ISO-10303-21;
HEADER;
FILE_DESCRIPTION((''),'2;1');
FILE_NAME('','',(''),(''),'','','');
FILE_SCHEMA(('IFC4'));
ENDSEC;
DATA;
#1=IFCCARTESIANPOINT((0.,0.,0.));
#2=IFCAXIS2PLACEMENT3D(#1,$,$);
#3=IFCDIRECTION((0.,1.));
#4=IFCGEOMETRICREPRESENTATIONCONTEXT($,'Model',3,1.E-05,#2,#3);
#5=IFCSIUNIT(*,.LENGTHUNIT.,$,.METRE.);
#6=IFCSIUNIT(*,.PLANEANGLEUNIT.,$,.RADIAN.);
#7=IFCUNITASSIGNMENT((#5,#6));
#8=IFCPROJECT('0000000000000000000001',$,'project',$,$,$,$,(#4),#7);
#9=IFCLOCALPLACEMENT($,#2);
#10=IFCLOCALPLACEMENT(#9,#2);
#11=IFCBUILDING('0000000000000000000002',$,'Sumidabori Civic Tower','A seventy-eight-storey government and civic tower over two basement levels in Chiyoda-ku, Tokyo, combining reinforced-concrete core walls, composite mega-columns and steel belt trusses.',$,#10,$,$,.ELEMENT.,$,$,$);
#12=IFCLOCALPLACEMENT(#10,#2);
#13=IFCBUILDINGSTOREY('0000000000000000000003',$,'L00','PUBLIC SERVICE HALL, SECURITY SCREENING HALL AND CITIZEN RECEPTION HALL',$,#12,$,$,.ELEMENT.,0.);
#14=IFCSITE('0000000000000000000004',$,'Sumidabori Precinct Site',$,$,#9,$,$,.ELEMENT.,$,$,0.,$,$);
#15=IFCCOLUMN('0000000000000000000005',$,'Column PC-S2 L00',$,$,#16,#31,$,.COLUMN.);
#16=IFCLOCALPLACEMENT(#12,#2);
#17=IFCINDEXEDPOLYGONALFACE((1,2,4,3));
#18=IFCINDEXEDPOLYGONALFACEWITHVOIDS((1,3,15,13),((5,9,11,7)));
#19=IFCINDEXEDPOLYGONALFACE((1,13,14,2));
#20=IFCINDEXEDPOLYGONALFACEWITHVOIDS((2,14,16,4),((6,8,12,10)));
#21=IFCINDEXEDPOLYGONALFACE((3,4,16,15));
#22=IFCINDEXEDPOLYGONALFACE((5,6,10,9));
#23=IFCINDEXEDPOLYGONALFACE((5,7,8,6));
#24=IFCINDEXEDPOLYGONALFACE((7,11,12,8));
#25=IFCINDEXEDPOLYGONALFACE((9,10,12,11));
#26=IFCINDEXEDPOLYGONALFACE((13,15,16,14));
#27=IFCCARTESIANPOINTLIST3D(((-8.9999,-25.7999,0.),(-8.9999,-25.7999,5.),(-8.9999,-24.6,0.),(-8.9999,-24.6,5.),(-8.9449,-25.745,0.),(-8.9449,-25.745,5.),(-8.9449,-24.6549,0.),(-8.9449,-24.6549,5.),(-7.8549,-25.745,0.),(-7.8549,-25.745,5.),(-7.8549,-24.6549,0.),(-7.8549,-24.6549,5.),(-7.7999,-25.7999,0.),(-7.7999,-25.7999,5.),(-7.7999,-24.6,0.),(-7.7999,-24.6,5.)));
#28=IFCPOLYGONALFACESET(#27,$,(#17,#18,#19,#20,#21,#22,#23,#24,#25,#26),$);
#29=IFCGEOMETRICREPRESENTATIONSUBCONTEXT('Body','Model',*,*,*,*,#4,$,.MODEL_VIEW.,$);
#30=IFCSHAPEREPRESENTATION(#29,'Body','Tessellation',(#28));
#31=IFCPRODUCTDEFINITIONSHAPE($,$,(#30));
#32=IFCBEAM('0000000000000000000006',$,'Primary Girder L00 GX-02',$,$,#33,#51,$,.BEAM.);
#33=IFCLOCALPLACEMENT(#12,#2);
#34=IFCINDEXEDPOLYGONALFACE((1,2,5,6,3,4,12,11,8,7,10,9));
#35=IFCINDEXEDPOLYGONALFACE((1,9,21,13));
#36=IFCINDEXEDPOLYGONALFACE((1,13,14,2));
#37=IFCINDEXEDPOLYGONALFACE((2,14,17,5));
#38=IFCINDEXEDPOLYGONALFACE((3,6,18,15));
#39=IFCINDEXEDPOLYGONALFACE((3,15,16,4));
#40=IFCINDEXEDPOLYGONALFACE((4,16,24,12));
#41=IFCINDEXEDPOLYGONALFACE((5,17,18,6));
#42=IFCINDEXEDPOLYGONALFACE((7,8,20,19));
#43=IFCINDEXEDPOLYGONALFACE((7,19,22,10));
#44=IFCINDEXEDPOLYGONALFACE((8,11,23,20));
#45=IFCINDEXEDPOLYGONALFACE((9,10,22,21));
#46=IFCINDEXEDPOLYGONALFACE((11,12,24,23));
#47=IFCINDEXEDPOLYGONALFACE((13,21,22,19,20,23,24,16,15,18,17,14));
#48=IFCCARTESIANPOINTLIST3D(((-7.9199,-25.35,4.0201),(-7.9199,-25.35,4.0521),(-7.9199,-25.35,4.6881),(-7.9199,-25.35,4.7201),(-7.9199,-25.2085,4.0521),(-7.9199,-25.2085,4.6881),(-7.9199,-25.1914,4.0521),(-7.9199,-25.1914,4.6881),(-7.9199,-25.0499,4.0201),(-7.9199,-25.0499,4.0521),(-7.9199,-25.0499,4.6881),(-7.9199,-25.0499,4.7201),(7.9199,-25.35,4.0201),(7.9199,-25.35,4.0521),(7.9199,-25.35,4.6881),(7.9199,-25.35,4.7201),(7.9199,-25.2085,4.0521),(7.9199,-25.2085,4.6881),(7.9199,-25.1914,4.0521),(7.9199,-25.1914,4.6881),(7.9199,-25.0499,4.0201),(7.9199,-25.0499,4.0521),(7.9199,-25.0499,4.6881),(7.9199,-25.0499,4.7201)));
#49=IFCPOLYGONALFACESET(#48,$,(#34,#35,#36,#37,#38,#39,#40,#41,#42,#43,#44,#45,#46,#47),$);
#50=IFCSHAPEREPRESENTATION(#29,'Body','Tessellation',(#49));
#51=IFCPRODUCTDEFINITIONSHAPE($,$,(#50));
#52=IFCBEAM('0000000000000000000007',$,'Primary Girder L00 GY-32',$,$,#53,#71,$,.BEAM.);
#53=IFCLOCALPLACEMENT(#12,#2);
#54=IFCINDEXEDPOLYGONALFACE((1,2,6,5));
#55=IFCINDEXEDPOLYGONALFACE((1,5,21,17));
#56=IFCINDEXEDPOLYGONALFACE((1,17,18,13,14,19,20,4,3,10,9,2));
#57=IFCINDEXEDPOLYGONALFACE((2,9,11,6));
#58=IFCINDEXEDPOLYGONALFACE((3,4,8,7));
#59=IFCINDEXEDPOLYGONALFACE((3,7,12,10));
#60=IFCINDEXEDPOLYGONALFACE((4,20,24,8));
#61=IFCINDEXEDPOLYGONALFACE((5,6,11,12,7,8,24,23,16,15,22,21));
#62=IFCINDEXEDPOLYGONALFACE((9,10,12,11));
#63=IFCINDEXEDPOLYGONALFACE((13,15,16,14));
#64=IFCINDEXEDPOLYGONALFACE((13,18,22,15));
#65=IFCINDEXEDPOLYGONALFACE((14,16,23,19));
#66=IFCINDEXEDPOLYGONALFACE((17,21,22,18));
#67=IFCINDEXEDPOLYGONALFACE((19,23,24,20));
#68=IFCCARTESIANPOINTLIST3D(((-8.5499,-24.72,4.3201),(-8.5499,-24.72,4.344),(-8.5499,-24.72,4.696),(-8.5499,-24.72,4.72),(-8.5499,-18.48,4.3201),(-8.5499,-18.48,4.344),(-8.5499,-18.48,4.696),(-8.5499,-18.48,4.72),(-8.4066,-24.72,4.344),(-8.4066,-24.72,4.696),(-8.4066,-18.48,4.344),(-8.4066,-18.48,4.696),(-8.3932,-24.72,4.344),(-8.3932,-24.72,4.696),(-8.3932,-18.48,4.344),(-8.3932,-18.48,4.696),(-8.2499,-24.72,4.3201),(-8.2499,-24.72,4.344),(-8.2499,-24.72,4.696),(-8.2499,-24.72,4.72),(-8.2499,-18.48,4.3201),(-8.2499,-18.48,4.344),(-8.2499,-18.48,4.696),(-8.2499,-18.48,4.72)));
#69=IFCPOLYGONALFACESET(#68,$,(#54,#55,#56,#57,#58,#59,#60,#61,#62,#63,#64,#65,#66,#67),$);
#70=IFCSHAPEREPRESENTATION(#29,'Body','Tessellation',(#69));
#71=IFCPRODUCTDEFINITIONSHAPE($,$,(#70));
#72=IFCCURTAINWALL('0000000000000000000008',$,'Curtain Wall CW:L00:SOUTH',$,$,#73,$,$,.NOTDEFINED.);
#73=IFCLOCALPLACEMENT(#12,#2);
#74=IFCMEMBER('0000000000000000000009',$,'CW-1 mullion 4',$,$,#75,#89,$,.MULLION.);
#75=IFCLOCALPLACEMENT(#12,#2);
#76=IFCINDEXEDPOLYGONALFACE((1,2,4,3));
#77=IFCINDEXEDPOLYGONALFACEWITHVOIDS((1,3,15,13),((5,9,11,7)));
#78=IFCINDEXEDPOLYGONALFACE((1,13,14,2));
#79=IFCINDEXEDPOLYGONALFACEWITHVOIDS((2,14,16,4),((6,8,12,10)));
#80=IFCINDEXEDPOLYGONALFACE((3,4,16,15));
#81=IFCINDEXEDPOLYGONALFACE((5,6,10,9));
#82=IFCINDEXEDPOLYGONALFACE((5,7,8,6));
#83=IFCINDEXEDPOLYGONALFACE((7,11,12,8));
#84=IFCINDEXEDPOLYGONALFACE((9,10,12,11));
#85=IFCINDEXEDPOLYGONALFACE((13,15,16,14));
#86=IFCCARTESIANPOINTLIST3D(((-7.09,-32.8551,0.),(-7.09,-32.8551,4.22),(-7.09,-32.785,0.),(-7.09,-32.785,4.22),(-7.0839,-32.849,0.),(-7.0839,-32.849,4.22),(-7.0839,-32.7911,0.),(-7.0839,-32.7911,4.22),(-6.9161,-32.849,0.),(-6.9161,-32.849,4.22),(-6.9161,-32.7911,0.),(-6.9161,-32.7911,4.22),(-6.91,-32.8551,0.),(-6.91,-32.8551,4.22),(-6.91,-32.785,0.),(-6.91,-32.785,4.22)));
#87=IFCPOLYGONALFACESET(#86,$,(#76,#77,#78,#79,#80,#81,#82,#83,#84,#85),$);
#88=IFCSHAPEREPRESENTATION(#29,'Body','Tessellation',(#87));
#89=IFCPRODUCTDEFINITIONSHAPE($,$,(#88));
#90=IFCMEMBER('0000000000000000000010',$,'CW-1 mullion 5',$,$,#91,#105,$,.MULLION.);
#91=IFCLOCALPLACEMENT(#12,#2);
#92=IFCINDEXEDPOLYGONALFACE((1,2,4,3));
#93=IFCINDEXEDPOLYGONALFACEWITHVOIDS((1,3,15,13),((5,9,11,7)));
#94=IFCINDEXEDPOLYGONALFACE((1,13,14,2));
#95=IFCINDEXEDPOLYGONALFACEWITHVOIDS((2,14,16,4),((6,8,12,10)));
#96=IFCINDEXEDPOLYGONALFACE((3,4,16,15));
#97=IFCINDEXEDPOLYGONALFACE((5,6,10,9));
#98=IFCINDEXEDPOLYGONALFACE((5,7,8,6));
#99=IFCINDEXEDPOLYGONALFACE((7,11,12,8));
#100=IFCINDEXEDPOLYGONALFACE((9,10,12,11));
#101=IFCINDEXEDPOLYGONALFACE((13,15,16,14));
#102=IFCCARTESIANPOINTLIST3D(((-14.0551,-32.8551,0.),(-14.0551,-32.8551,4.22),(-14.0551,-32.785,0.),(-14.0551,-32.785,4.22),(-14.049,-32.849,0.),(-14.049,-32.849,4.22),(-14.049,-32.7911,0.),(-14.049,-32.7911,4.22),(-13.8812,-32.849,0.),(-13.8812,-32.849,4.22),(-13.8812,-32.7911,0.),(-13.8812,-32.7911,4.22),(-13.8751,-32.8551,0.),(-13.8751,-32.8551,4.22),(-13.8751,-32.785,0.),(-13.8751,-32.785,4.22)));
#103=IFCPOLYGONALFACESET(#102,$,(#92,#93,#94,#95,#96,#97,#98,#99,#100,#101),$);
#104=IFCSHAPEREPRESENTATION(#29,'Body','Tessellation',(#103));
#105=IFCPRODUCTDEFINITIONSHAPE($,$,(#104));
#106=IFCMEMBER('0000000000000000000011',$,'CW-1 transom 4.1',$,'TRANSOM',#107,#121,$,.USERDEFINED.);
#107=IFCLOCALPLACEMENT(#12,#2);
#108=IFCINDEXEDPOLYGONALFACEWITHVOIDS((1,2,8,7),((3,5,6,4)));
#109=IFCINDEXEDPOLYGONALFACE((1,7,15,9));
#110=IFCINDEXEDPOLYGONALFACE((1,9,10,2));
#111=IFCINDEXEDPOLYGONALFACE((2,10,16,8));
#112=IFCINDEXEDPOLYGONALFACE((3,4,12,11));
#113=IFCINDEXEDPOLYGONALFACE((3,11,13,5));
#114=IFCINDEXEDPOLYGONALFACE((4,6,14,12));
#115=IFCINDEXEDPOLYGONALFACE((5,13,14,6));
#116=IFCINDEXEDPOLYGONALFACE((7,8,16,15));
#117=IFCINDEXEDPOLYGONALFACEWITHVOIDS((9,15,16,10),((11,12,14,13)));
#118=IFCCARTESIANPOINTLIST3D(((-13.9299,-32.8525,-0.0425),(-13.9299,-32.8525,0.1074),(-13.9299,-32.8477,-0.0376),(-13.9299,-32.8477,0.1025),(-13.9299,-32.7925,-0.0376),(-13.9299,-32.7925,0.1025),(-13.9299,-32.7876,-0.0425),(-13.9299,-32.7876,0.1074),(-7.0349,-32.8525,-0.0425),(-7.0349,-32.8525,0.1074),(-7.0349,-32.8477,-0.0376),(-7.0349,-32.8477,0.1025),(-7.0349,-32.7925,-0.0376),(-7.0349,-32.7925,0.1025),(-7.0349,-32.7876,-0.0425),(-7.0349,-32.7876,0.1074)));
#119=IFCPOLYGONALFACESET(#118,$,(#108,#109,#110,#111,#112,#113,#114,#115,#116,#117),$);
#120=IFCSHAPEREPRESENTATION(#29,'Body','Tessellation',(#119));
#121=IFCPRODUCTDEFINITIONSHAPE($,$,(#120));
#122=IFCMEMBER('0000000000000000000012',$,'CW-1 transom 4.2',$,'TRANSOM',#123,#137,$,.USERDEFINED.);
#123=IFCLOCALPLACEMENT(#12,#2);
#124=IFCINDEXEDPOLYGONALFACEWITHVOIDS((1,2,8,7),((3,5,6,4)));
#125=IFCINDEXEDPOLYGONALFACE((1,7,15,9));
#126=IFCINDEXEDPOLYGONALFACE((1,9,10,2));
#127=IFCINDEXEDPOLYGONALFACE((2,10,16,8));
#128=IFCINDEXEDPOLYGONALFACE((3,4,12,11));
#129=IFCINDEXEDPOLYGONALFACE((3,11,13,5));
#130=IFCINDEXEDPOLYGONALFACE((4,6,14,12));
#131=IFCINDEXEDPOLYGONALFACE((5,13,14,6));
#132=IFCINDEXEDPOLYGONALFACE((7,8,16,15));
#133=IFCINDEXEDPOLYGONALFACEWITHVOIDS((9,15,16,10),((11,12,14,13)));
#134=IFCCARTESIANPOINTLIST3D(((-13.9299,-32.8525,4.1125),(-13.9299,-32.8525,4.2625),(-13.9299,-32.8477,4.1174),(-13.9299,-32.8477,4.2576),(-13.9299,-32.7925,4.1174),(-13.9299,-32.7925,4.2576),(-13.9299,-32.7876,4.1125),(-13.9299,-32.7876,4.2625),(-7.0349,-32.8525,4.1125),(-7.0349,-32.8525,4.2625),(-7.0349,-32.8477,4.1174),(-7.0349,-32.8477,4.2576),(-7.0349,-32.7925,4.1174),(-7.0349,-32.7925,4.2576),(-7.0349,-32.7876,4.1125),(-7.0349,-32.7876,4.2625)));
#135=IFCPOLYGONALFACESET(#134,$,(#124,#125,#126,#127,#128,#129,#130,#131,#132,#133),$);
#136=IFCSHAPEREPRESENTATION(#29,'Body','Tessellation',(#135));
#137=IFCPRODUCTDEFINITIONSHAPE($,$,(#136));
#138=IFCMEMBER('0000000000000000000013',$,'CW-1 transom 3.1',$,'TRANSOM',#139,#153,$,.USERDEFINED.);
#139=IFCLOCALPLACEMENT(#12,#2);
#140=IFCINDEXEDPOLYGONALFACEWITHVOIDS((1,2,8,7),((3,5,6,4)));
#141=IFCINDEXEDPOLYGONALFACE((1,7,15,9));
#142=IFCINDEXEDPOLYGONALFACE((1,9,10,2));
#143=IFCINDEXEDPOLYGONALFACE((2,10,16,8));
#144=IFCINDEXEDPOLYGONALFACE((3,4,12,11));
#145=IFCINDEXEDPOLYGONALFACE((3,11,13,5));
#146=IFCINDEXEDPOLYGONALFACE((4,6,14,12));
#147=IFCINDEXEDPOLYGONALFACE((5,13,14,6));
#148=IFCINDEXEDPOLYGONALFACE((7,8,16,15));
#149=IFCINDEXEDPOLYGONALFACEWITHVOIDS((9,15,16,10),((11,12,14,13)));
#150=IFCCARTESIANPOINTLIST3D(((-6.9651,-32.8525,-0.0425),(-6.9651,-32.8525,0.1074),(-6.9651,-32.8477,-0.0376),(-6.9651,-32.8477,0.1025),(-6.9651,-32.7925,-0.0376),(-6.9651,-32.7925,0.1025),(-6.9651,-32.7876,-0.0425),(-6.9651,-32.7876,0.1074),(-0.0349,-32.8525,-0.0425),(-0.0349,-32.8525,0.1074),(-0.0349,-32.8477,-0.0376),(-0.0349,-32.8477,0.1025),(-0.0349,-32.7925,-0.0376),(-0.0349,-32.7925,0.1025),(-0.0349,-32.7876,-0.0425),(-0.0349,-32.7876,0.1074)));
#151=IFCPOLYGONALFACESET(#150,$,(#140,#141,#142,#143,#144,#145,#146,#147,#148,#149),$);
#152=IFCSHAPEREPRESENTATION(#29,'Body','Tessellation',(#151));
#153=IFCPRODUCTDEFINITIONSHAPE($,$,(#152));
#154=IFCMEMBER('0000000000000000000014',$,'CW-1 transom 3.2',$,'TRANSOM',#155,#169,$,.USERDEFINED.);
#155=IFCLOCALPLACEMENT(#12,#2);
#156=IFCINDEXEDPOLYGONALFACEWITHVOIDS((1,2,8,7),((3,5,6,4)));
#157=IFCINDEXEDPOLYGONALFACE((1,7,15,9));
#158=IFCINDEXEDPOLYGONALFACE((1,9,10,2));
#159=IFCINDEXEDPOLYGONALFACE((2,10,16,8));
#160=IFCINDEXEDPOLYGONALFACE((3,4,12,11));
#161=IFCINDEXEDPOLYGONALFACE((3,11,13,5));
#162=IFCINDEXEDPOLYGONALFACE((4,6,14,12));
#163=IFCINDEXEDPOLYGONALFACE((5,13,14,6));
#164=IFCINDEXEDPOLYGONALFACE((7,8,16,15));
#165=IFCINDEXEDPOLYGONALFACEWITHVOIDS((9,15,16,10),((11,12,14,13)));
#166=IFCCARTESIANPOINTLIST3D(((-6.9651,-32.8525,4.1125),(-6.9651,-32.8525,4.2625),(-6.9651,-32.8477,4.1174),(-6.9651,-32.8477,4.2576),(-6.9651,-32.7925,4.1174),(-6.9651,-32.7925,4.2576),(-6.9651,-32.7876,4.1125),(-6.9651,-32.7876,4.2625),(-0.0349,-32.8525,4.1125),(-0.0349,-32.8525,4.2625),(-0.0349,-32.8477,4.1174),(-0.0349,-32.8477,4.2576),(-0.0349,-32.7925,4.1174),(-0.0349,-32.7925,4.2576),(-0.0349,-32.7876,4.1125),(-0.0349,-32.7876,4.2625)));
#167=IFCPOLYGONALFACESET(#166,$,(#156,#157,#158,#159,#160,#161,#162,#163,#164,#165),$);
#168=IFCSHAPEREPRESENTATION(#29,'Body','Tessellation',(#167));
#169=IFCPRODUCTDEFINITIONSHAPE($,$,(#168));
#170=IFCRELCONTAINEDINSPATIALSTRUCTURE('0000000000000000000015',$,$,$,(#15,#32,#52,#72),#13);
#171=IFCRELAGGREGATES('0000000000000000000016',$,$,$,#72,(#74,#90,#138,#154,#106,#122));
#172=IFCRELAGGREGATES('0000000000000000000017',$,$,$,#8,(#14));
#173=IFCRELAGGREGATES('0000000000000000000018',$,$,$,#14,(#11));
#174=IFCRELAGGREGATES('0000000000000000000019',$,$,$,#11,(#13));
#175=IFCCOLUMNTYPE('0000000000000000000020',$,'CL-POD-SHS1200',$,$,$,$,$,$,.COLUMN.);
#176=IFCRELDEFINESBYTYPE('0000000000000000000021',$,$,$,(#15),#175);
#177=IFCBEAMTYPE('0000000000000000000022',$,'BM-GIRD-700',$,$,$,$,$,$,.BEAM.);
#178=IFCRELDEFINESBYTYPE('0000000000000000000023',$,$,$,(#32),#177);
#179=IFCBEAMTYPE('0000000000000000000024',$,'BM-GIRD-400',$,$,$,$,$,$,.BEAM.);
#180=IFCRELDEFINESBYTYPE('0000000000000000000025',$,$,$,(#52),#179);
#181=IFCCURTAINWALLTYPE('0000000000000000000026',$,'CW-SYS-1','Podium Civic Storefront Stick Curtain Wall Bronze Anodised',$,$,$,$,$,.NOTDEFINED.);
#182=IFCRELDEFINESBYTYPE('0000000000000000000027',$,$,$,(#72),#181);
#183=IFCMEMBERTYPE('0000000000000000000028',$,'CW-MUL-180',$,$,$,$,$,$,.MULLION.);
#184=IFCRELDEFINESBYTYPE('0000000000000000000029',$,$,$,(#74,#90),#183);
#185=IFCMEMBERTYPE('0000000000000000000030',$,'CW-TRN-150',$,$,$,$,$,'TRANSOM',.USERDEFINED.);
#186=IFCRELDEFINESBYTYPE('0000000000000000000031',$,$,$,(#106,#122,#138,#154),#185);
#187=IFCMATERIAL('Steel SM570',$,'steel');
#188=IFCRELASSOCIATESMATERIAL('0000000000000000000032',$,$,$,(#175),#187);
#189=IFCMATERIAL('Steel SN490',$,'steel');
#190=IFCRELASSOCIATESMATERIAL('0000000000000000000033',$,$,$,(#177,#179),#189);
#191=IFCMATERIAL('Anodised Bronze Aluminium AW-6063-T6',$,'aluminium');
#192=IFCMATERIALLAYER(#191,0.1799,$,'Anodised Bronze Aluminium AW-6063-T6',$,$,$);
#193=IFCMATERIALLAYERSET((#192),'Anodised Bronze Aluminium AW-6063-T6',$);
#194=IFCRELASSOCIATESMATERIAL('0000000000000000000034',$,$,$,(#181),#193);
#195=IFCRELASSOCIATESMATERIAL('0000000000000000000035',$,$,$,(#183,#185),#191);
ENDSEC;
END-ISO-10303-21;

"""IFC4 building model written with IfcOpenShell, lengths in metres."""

from ifc_helpers import new_model, si_unit, direction, frame, origin, origin_2d, place, context, subcontext, project, spatial, hollow_rectangle, i_section, extrude, source, transform, mapped, material, layer, layer_set, material_profile, profile_set, type_object, element, aggregate, save


model = new_model("IFC4")

# Units and contexts
model_context = context("Model", 3, precision=1e-05, world=origin(), true_north=direction((0.0, 1.0)))
body_context = subcontext(model_context, "Body", "Model", "MODEL_VIEW")
ifc_project = project(units=[si_unit("LENGTHUNIT", "METRE"), si_unit("PLANEANGLEUNIT", "RADIAN")], contexts=[model_context])

# Site, building, storey
site_placement = place(None, origin())
site = spatial("IfcSite", under=ifc_project, at=site_placement, Name="Sumidabori Precinct Site", CompositionType="ELEMENT", RefElevation=0.0)
building_placement = place(site_placement, origin())
building = spatial("IfcBuilding", under=site, at=building_placement, Name="Sumidabori Civic Tower", Description="A seventy-eight-storey government and civic tower over two basement levels in Chiyoda-ku, Tokyo, combining reinforced-concrete core walls, composite mega-columns and steel belt trusses.", CompositionType="ELEMENT")
storey_placement = place(building_placement, origin())
storey = spatial("IfcBuildingStorey", under=building, at=storey_placement, Name="L00", Description="PUBLIC SERVICE HALL, SECURITY SCREENING HALL AND CITIZEN RECEPTION HALL", CompositionType="ELEMENT", Elevation=0.0)

# Column
ifc_material_1 = material(Name="Steel SM570", Category="steel")
ifc_material_profile_1 = material_profile(ifc_material_1, hollow_rectangle(XDim=1.2, YDim=1.2, WallThickness=0.0549, at=origin_2d()), Name="SHS 1200x1200x55")
ifc_profile_set_1 = profile_set([ifc_material_profile_1], Name="Steel SM570")
column_type = type_object("IfcColumnType", Name="CL-POD-SHS1200", PredefinedType="COLUMN", material=ifc_profile_set_1)
shared_shape_1 = source(origin(), body_context, "Body", "SweptSolid", [
    extrude(hollow_rectangle(XDim=1.2, YDim=1.2, WallThickness=0.0549, at=origin_2d()), origin(), (0.0, 0.0, 1.0), 5.0),
])
column_placement = place(storey_placement, frame((-8.3999, -25.2, 0.0), z_axis=(0.0, 0.0, 1.0), x_axis=(1.0, 0.0, 0.0)))
element("IfcColumn", 1, at=column_placement, inside=storey, type_object=column_type, Name="Column PC-S2 L00", PredefinedType="COLUMN", context=body_context, shape_type="MappedRepresentation", body=[
    mapped(shared_shape_1, transform((0.0, 0.0, 0.0), x_axis=(1.0, 0.0, 0.0), y_axis=(0.0, 1.0, 0.0), z_axis=(0.0, 0.0, 1.0), scale=1.0)),
])

# Beams
ifc_material_2 = material(Name="Steel SN490", Category="steel")
ifc_material_profile_2 = material_profile(ifc_material_2, i_section(OverallWidth=0.3, OverallDepth=0.7, WebThickness=0.0171, FlangeThickness=0.032, at=origin_2d()), Name="HE 700 B")
ifc_profile_set_2 = profile_set([ifc_material_profile_2], Name="Steel SN490")
beam_type_1 = type_object("IfcBeamType", Name="BM-GIRD-700", PredefinedType="BEAM", material=ifc_profile_set_2)
shared_shape_2 = source(origin(), body_context, "Body", "SweptSolid", [
    extrude(i_section(OverallWidth=0.3, OverallDepth=0.7, WebThickness=0.0171, FlangeThickness=0.032, at=origin_2d()), origin(), (0.0, 0.0, 1.0), 15.8398),
])
beam_1_placement = place(storey_placement, frame((-7.9199, -25.2, 4.3701), z_axis=(1.0, 0.0, 0.0), x_axis=(0.0, 1.0, 0.0)))
element("IfcBeam", 2, at=beam_1_placement, inside=storey, type_object=beam_type_1, Name="Primary Girder L00 GX-02", PredefinedType="BEAM", context=body_context, shape_type="MappedRepresentation", body=[
    mapped(shared_shape_2, transform((0.0, 0.0, 0.0), x_axis=(1.0, 0.0, 0.0), y_axis=(0.0, 1.0, 0.0), z_axis=(0.0, 0.0, 1.0), scale=1.0)),
])
ifc_material_profile_3 = material_profile(ifc_material_2, i_section(OverallWidth=0.3, OverallDepth=0.3999, WebThickness=0.0134, FlangeThickness=0.0239, at=origin_2d()), Name="HE 400 B")
ifc_profile_set_3 = profile_set([ifc_material_profile_3], Name="Steel SN490")
beam_type_2 = type_object("IfcBeamType", Name="BM-GIRD-400", PredefinedType="BEAM", material=ifc_profile_set_3)
shared_shape_3 = source(origin(), body_context, "Body", "SweptSolid", [
    extrude(i_section(OverallWidth=0.3, OverallDepth=0.3999, WebThickness=0.0134, FlangeThickness=0.0239, at=origin_2d()), origin(), (0.0, 0.0, 1.0), 6.24),
])
beam_2_placement = place(storey_placement, frame((-8.3999, -24.72, 4.52), z_axis=(0.0, 1.0, 0.0), x_axis=(-1.0, 0.0, 0.0)))
element("IfcBeam", 3, at=beam_2_placement, inside=storey, type_object=beam_type_2, Name="Primary Girder L00 GY-32", PredefinedType="BEAM", context=body_context, shape_type="MappedRepresentation", body=[
    mapped(shared_shape_3, transform((0.0, 0.0, 0.0), x_axis=(1.0, 0.0, 0.0), y_axis=(0.0, 1.0, 0.0), z_axis=(0.0, 0.0, 1.0), scale=1.0)),
])

# Curtain wall, members
ifc_material_3 = material(Name="Anodised Bronze Aluminium AW-6063-T6", Category="aluminium")
ifc_layer_1 = layer(ifc_material_3, 0.1799, Name="Anodised Bronze Aluminium AW-6063-T6")
ifc_layer_set_1 = layer_set([ifc_layer_1], Name="Anodised Bronze Aluminium AW-6063-T6")
curtain_wall_type = type_object("IfcCurtainWallType", Name="CW-SYS-1", Description="Podium Civic Storefront Stick Curtain Wall Bronze Anodised", PredefinedType="NOTDEFINED", material=ifc_layer_set_1)
curtain_wall_placement = place(storey_placement, origin())
curtain_wall = element("IfcCurtainWall", 4, at=curtain_wall_placement, inside=storey, type_object=curtain_wall_type, Name="Curtain Wall CW:L00:SOUTH", PredefinedType="NOTDEFINED")
ifc_material_profile_4 = material_profile(ifc_material_3, hollow_rectangle(XDim=0.0701, YDim=0.1799, WallThickness=0.0061, at=origin_2d()), Name="ALU MULLION 180x70")
ifc_profile_set_4 = profile_set([ifc_material_profile_4], Name="Anodised Bronze Aluminium AW-6063-T6")
member_type_1 = type_object("IfcMemberType", Name="CW-MUL-180", PredefinedType="MULLION", material=ifc_profile_set_4)
shared_shape_4 = source(origin(), body_context, "Body", "SweptSolid", [
    extrude(hollow_rectangle(XDim=0.0701, YDim=0.1799, WallThickness=0.0061, at=origin_2d()), origin(), (0.0, 0.0, 1.0), 4.22),
])
member_1_placement = place(storey_placement, frame((-7.0, -32.8201, 0.0), z_axis=(0.0, 0.0, 1.0), x_axis=(0.0, -1.0, 0.0)))
member_1 = element("IfcMember", 5, at=member_1_placement, type_object=member_type_1, Name="CW-1 mullion 4", PredefinedType="MULLION", context=body_context, shape_type="MappedRepresentation", body=[
    mapped(shared_shape_4, transform((0.0, 0.0, 0.0), x_axis=(1.0, 0.0, 0.0), y_axis=(0.0, 1.0, 0.0), z_axis=(0.0, 0.0, 1.0), scale=1.0)),
])
member_2_placement = place(storey_placement, frame((-13.9651, -32.8201, 0.0), z_axis=(0.0, 0.0, 1.0), x_axis=(0.0, -1.0, 0.0)))
member_2 = element("IfcMember", 6, at=member_2_placement, type_object=member_type_1, Name="CW-1 mullion 5", PredefinedType="MULLION", context=body_context, shape_type="MappedRepresentation", body=[
    mapped(shared_shape_4, transform((0.0, 0.0, 0.0), x_axis=(1.0, 0.0, 0.0), y_axis=(0.0, 1.0, 0.0), z_axis=(0.0, 0.0, 1.0), scale=1.0)),
])
ifc_material_profile_5 = material_profile(ifc_material_3, hollow_rectangle(XDim=0.0649, YDim=0.1499, WallThickness=0.0049, at=origin_2d()), Name="ALU TRANSOM 150x65")
ifc_profile_set_5 = profile_set([ifc_material_profile_5], Name="Anodised Bronze Aluminium AW-6063-T6")
member_type_2 = type_object("IfcMemberType", Name="CW-TRN-150", ElementType="TRANSOM", PredefinedType="USERDEFINED", material=ifc_profile_set_5)
shared_shape_5 = source(origin(), body_context, "Body", "SweptSolid", [
    extrude(hollow_rectangle(XDim=0.0649, YDim=0.1499, WallThickness=0.0049, at=origin_2d()), origin(), (0.0, 0.0, 1.0), 6.895),
])
member_3_placement = place(storey_placement, frame((-7.0349, -32.8201, 0.0325), z_axis=(-1.0, 0.0, 0.0), x_axis=(0.0, -1.0, 0.0)))
member_3 = element("IfcMember", 7, at=member_3_placement, type_object=member_type_2, Name="CW-1 transom 4.1", ObjectType="TRANSOM", PredefinedType="USERDEFINED", context=body_context, shape_type="MappedRepresentation", body=[
    mapped(shared_shape_5, transform((0.0, 0.0, 0.0), x_axis=(1.0, 0.0, 0.0), y_axis=(0.0, 1.0, 0.0), z_axis=(0.0, 0.0, 1.0), scale=1.0)),
])
member_4_placement = place(storey_placement, frame((-7.0349, -32.8201, 4.1875), z_axis=(-1.0, 0.0, 0.0), x_axis=(0.0, -1.0, 0.0)))
member_4 = element("IfcMember", 8, at=member_4_placement, type_object=member_type_2, Name="CW-1 transom 4.2", ObjectType="TRANSOM", PredefinedType="USERDEFINED", context=body_context, shape_type="MappedRepresentation", body=[
    mapped(shared_shape_5, transform((0.0, 0.0, 0.0), x_axis=(1.0, 0.0, 0.0), y_axis=(0.0, 1.0, 0.0), z_axis=(0.0, 0.0, 1.0), scale=1.0)),
])
shared_shape_6 = source(origin(), body_context, "Body", "SweptSolid", [
    extrude(hollow_rectangle(XDim=0.0649, YDim=0.1499, WallThickness=0.0049, at=origin_2d()), origin(), (0.0, 0.0, 1.0), 6.9302),
])
member_5_placement = place(storey_placement, frame((-0.0349, -32.8201, 0.0325), z_axis=(-1.0, 0.0, 0.0), x_axis=(0.0, -1.0, 0.0)))
member_5 = element("IfcMember", 9, at=member_5_placement, type_object=member_type_2, Name="CW-1 transom 3.1", ObjectType="TRANSOM", PredefinedType="USERDEFINED", context=body_context, shape_type="MappedRepresentation", body=[
    mapped(shared_shape_6, transform((0.0, 0.0, 0.0), x_axis=(1.0, 0.0, 0.0), y_axis=(0.0, 1.0, 0.0), z_axis=(0.0, 0.0, 1.0), scale=1.0)),
])
member_6_placement = place(storey_placement, frame((-0.0349, -32.8201, 4.1875), z_axis=(-1.0, 0.0, 0.0), x_axis=(0.0, -1.0, 0.0)))
member_6 = element("IfcMember", 10, at=member_6_placement, type_object=member_type_2, Name="CW-1 transom 3.2", ObjectType="TRANSOM", PredefinedType="USERDEFINED", context=body_context, shape_type="MappedRepresentation", body=[
    mapped(shared_shape_6, transform((0.0, 0.0, 0.0), x_axis=(1.0, 0.0, 0.0), y_axis=(0.0, 1.0, 0.0), z_axis=(0.0, 0.0, 1.0), scale=1.0)),
])
aggregate(curtain_wall, [member_1, member_2, member_5, member_6, member_3, member_4])

save(model, "model.ifc")
